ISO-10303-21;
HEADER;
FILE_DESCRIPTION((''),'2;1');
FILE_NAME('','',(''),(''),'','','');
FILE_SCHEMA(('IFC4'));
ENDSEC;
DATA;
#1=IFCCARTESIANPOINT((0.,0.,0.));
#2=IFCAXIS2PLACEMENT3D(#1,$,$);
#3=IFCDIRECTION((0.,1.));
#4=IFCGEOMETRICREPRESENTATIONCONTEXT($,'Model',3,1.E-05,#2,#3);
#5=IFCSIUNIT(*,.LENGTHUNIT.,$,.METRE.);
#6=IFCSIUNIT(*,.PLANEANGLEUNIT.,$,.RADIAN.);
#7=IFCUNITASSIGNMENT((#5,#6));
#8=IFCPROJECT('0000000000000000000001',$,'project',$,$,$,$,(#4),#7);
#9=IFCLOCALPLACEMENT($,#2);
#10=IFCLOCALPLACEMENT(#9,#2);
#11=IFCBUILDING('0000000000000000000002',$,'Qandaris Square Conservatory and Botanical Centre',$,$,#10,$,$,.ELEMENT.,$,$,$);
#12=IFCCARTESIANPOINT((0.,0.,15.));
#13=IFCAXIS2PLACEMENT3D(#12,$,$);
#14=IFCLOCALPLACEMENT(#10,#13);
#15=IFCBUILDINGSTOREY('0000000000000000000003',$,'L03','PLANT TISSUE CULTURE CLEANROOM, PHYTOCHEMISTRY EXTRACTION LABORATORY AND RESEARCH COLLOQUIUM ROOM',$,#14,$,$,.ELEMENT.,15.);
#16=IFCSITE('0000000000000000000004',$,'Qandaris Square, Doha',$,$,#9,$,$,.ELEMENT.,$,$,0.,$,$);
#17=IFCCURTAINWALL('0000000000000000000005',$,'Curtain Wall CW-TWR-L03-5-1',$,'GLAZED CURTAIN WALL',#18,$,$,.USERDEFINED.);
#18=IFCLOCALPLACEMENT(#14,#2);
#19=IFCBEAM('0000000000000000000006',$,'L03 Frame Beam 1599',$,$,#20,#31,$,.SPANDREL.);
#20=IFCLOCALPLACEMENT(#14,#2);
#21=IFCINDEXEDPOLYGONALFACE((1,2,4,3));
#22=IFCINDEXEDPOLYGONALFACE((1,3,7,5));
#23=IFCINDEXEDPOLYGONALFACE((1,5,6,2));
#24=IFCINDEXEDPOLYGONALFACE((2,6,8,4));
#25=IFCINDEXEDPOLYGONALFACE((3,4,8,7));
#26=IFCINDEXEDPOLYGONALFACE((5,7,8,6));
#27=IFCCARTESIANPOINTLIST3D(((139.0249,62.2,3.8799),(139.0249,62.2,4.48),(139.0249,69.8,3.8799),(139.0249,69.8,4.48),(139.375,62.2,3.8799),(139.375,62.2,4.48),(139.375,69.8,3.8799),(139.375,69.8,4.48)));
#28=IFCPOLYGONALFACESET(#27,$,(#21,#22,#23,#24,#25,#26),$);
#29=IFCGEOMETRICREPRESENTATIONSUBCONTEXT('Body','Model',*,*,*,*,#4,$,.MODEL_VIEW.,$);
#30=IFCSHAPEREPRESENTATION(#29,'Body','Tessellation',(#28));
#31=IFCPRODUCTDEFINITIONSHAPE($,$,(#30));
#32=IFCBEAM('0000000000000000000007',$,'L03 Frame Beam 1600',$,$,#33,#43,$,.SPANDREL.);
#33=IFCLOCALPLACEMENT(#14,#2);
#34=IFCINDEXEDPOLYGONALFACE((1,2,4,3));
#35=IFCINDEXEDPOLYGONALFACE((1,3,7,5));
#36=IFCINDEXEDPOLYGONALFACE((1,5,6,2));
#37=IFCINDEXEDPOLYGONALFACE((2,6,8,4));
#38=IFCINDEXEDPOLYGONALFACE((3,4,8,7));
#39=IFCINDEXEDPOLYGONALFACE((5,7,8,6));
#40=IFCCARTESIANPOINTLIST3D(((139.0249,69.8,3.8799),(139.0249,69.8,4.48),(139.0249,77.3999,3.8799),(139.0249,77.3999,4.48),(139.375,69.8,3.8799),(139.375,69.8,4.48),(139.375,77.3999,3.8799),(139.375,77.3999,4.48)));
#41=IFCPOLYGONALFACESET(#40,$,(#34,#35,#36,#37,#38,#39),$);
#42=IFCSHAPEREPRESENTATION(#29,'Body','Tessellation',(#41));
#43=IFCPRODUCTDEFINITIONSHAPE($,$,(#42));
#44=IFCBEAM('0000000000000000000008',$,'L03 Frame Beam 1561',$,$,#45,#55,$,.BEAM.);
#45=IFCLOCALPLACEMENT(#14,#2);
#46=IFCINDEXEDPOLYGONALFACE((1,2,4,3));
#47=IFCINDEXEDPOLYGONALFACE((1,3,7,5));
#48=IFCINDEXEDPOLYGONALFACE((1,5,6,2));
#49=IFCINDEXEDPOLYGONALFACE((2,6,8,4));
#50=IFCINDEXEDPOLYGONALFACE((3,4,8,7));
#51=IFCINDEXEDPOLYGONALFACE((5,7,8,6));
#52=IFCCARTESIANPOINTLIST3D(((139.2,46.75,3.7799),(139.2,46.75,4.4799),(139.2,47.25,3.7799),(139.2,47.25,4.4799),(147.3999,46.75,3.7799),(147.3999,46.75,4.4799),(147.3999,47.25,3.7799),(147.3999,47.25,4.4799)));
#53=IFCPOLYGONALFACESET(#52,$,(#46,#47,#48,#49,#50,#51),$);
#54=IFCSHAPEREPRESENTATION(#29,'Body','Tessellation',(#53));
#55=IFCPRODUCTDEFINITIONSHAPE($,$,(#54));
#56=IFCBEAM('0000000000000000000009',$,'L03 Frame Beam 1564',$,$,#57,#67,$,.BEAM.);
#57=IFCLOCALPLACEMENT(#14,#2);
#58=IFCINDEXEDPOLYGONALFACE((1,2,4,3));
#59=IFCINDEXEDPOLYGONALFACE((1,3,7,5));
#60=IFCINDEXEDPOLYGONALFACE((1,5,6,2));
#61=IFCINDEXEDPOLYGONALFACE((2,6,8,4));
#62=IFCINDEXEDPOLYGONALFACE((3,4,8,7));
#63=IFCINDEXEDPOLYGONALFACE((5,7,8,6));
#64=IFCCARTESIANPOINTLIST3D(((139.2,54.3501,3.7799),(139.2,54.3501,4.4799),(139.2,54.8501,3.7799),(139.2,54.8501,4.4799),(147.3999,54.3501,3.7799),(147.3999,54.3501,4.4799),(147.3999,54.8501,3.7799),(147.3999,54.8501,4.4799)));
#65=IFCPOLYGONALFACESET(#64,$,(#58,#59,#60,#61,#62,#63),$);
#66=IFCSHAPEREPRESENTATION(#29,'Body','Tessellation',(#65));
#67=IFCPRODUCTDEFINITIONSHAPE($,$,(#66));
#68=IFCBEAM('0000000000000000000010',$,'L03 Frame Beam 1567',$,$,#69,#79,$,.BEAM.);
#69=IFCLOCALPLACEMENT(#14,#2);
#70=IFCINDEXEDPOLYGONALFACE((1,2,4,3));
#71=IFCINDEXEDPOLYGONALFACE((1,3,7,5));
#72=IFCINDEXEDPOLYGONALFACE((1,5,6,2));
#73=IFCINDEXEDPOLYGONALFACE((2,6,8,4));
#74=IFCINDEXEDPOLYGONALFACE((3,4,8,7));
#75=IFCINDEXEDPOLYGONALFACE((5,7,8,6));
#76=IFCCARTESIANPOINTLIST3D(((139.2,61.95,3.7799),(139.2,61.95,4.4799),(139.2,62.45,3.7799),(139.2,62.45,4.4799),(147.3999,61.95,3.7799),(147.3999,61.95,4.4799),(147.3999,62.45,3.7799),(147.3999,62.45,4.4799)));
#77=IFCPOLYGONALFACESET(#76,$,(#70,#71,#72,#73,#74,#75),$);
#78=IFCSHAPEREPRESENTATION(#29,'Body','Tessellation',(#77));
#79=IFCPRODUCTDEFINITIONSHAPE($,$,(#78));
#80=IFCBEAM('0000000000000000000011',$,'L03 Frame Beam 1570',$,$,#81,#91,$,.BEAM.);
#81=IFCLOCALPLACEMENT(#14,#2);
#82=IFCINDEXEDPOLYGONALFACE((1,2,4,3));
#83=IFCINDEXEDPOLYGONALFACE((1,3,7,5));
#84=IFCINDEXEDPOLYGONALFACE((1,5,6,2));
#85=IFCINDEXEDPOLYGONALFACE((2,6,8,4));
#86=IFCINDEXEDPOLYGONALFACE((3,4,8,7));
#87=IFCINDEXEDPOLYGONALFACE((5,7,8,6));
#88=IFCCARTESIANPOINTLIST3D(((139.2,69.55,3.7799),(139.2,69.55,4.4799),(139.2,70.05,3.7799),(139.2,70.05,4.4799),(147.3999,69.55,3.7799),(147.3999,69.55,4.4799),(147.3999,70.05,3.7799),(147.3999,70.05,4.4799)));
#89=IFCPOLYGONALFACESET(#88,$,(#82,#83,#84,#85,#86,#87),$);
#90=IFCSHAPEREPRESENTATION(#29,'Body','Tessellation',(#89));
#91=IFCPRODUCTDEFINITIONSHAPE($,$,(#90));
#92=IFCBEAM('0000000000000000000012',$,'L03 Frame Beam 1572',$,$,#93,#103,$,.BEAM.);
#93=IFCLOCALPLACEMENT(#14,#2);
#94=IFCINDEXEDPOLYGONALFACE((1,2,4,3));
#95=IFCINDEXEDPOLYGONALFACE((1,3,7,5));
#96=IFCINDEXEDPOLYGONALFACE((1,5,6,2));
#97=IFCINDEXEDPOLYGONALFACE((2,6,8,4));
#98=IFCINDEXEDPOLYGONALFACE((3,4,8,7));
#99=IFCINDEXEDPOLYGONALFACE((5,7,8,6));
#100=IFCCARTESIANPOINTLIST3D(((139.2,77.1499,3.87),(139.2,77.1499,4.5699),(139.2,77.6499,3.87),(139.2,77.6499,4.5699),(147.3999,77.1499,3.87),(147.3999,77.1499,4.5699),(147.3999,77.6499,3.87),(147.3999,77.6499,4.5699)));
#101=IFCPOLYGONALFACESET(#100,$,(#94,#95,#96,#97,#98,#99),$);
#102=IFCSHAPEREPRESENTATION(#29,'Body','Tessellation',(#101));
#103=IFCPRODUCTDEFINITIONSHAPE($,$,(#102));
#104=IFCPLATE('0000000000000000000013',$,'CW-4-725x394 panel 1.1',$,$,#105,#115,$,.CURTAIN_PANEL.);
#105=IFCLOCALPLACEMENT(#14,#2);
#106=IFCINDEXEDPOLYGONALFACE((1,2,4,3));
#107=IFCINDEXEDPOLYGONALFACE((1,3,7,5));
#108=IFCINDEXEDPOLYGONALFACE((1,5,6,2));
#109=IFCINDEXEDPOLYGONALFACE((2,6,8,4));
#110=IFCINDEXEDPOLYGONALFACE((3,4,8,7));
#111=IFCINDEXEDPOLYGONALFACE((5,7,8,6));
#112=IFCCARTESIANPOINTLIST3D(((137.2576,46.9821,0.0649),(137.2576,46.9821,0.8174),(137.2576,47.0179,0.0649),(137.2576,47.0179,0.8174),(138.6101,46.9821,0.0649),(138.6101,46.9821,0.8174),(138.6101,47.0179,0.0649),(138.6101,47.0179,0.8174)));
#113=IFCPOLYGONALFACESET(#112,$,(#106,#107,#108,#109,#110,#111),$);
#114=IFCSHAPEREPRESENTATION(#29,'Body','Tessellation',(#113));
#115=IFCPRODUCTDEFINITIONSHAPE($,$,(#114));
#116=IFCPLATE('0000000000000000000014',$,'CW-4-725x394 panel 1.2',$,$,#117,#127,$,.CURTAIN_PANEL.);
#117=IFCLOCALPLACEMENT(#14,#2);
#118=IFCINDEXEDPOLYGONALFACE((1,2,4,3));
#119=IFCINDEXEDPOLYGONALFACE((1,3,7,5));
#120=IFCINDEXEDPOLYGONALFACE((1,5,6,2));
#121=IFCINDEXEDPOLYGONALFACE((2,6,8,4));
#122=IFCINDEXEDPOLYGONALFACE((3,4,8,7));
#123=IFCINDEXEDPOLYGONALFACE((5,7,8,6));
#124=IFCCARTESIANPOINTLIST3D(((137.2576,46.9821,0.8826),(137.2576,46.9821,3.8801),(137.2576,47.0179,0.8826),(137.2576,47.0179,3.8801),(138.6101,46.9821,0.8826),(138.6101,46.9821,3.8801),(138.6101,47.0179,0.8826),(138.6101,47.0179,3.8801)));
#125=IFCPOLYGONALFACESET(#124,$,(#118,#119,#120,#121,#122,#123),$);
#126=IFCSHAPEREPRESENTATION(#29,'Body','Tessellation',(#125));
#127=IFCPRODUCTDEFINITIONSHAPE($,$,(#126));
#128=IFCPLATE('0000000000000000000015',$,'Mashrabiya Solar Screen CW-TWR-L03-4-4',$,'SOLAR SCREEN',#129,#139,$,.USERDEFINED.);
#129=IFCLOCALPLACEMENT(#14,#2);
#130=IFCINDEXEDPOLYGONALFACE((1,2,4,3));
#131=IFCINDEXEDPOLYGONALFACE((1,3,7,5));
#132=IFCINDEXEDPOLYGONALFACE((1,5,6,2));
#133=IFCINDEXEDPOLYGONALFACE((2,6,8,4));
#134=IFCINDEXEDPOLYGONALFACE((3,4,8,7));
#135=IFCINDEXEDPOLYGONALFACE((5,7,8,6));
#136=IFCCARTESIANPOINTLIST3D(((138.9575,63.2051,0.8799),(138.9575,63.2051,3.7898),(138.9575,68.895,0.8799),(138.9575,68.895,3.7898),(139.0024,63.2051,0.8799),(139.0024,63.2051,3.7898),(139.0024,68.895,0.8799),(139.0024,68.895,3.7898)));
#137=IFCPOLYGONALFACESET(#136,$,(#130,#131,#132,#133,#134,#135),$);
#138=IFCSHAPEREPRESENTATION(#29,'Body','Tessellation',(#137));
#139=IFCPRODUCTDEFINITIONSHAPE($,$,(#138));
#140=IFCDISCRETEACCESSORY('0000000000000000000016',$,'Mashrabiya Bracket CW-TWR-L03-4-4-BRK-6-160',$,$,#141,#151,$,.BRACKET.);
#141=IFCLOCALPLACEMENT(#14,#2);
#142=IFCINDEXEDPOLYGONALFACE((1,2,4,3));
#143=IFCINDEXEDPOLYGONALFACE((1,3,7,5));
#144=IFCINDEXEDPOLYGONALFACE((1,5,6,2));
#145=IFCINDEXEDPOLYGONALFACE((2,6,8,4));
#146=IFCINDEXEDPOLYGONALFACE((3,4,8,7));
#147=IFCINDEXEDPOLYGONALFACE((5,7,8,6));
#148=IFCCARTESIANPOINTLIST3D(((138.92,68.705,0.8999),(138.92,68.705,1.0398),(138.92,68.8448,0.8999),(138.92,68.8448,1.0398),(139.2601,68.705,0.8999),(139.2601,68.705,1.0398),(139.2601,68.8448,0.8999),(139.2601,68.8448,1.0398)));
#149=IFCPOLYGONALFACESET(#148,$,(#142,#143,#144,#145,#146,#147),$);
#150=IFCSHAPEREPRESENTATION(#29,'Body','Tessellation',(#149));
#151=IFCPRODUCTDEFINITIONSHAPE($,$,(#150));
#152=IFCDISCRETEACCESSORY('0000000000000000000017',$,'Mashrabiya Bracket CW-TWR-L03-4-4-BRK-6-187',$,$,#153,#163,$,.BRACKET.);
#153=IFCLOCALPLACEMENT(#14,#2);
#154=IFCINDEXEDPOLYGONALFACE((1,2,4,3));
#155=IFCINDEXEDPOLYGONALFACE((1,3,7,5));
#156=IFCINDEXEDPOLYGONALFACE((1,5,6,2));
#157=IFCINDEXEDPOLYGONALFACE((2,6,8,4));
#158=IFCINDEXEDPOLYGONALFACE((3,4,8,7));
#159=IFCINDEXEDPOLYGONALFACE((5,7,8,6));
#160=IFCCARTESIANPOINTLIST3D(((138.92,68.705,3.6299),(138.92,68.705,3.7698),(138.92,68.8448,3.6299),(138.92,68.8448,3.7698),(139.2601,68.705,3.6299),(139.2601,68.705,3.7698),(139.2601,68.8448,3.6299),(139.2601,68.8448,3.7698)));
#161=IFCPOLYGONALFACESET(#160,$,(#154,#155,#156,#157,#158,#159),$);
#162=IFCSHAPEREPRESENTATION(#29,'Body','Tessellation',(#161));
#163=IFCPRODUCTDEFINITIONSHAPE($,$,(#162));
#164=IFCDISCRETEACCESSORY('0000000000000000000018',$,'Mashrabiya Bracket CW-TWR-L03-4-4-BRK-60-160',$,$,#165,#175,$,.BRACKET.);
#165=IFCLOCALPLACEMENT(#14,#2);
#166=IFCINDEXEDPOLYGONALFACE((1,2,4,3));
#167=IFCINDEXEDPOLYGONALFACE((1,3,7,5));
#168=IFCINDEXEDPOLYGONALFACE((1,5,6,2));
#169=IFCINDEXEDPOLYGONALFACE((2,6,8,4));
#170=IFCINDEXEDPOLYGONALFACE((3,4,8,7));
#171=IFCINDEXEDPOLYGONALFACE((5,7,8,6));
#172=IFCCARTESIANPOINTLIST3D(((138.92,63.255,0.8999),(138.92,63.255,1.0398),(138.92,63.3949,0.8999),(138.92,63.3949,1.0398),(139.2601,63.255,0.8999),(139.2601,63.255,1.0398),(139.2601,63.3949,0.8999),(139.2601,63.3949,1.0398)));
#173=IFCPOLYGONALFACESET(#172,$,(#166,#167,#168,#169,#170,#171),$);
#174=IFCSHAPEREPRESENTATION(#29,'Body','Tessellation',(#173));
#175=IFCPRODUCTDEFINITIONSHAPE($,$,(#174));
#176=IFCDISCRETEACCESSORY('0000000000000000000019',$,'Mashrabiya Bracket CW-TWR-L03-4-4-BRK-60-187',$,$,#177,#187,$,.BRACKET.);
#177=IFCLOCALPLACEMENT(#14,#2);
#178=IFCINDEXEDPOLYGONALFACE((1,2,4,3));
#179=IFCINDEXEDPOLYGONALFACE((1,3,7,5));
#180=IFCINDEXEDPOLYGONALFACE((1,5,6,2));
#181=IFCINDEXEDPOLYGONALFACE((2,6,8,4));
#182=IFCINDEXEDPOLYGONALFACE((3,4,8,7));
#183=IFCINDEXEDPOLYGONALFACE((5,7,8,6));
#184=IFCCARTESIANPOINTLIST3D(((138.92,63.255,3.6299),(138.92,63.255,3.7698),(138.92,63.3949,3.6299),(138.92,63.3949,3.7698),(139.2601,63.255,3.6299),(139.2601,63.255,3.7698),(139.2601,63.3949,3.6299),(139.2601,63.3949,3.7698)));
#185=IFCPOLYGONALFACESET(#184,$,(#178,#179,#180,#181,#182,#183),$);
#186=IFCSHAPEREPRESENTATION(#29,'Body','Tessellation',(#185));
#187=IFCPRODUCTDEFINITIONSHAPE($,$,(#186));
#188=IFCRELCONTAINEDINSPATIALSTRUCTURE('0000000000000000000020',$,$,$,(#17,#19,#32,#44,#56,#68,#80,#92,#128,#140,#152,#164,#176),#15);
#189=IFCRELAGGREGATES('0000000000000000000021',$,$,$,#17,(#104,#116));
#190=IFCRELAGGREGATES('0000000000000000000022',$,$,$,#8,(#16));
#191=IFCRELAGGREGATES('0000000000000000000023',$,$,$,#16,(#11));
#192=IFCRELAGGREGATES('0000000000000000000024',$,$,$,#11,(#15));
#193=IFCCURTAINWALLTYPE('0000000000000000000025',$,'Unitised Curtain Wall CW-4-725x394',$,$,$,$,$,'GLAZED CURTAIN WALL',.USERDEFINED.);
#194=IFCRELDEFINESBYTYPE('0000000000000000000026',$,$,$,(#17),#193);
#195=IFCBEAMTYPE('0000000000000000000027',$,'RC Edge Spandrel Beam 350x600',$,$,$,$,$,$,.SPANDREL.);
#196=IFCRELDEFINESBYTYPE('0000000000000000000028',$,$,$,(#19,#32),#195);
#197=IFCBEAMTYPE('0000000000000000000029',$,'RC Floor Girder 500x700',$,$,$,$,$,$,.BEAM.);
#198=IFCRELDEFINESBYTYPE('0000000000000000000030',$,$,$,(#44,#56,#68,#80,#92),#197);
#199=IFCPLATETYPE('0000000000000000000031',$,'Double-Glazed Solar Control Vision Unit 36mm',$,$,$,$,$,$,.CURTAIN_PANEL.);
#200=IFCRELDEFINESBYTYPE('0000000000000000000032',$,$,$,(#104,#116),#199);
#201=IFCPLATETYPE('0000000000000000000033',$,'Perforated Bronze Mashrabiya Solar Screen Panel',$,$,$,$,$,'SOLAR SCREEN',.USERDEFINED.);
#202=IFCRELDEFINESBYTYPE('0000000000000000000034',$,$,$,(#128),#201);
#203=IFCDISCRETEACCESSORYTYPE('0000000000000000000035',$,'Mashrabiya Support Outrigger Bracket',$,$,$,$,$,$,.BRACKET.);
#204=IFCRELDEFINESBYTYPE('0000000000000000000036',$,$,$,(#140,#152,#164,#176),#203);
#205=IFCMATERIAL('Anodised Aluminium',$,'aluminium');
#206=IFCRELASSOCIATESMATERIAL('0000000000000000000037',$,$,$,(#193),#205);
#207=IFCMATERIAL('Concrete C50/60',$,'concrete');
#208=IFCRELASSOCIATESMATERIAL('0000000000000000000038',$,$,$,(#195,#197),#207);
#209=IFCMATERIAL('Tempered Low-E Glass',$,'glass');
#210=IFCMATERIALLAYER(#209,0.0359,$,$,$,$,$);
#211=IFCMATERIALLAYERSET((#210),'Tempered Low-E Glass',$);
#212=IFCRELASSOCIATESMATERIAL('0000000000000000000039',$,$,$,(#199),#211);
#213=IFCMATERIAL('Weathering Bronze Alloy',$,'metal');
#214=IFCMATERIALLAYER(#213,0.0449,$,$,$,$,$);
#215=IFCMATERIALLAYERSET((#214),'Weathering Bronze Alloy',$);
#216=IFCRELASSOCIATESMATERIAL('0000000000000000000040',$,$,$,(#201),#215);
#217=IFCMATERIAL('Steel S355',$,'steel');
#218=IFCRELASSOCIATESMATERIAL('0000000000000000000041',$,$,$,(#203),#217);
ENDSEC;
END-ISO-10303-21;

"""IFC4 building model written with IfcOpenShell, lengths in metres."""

from ifc_helpers import new_model, si_unit, direction, frame, origin, origin_2d, place, context, subcontext, project, spatial, rectangle, extrude, material, layer, layer_set, material_profile, profile_set, type_object, element, aggregate, save


model = new_model("IFC4")

# Units and contexts
model_context = context("Model", 3, precision=1e-05, world=origin(), true_north=direction((0.0, 1.0)))
body_context = subcontext(model_context, "Body", "Model", "MODEL_VIEW")
ifc_project = project(units=[si_unit("LENGTHUNIT", "METRE"), si_unit("PLANEANGLEUNIT", "RADIAN")], contexts=[model_context])

# Site, building, storey
site_placement = place(None, origin())
site = spatial("IfcSite", under=ifc_project, at=site_placement, Name="Qandaris Square, Doha", CompositionType="ELEMENT", RefElevation=0.0)
building_placement = place(site_placement, origin())
building = spatial("IfcBuilding", under=site, at=building_placement, Name="Qandaris Square Conservatory and Botanical Centre", CompositionType="ELEMENT")
storey_placement = place(building_placement, frame((0.0, 0.0, 15.0)))
storey = spatial("IfcBuildingStorey", under=building, at=storey_placement, Name="L03", Description="PLANT TISSUE CULTURE CLEANROOM, PHYTOCHEMISTRY EXTRACTION LABORATORY AND RESEARCH COLLOQUIUM ROOM", CompositionType="ELEMENT", Elevation=15.0)

# Shared definitions
ifc_material_1 = material(Name="Concrete C50/60", Category="concrete")

# Curtain wall
ifc_material_2 = material(Name="Anodised Aluminium", Category="aluminium")
curtain_wall_type = type_object("IfcCurtainWallType", Name="Unitised Curtain Wall CW-4-725x394", ElementType="GLAZED CURTAIN WALL", PredefinedType="USERDEFINED", material=ifc_material_2)
curtain_wall_placement = place(storey_placement, origin())
curtain_wall = element("IfcCurtainWall", 1, at=curtain_wall_placement, inside=storey, type_object=curtain_wall_type, Name="Curtain Wall CW-TWR-L03-5-1", ObjectType="GLAZED CURTAIN WALL", PredefinedType="USERDEFINED")

# Beams
ifc_material_profile_1 = material_profile(ifc_material_1, rectangle(XDim=0.3501, YDim=0.6001, at=origin_2d()), Name="RC-SP 350x600")
ifc_profile_set_1 = profile_set([ifc_material_profile_1], Name="Concrete C50/60")
beam_type_1 = type_object("IfcBeamType", Name="RC Edge Spandrel Beam 350x600", PredefinedType="SPANDREL", material=ifc_profile_set_1)
beam_1_placement = place(storey_placement, frame((139.2, 62.2, 4.1799), z_axis=(0.0, 1.0, 0.0), x_axis=(-1.0, 0.0, 0.0)))
element("IfcBeam", 2, at=beam_1_placement, inside=storey, type_object=beam_type_1, Name="L03 Frame Beam 1599", PredefinedType="SPANDREL", context=body_context, shape_type="SweptSolid", body=[
    extrude(rectangle(XDim=0.3501, YDim=0.6001, at=origin_2d()), origin(), (0.0, 0.0, 1.0), 7.6001),
])
beam_2_placement = place(storey_placement, frame((139.2, 69.8, 4.1799), z_axis=(0.0, 1.0, 0.0), x_axis=(-1.0, 0.0, 0.0)))
element("IfcBeam", 3, at=beam_2_placement, inside=storey, type_object=beam_type_1, Name="L03 Frame Beam 1600", PredefinedType="SPANDREL", context=body_context, shape_type="SweptSolid", body=[
    extrude(rectangle(XDim=0.3501, YDim=0.6001, at=origin_2d()), origin(), (0.0, 0.0, 1.0), 7.5999),
])
ifc_material_profile_2 = material_profile(ifc_material_1, rectangle(XDim=0.5, YDim=0.7, at=origin_2d()), Name="RC-BM 500x700")
ifc_profile_set_2 = profile_set([ifc_material_profile_2], Name="Concrete C50/60")
beam_type_2 = type_object("IfcBeamType", Name="RC Floor Girder 500x700", PredefinedType="BEAM", material=ifc_profile_set_2)
for number, where, z_axis, x_axis, name in (
    (4, (139.2, 47.0, 4.1299), (1.0, 0.0, 0.0), (0.0, 1.0, 0.0), "L03 Frame Beam 1561"),
    (5, (139.2, 54.6001, 4.1299), (1.0, 0.0, 0.0), (0.0, 1.0, 0.0), "L03 Frame Beam 1564"),
    (6, (139.2, 62.2, 4.1299), (1.0, 0.0, 0.0), (0.0, 1.0, 0.0), "L03 Frame Beam 1567"),
    (7, (139.2, 69.8, 4.1299), (1.0, 0.0, 0.0), (0.0, 1.0, 0.0), "L03 Frame Beam 1570"),
    (8, (139.2, 77.3999, 4.22), (1.0, 0.0, 0.0), (0.0, 1.0, 0.0), "L03 Frame Beam 1572"),
):
    element("IfcBeam", number, at=place(storey_placement, frame(where, z_axis=z_axis, x_axis=x_axis)), inside=storey, type_object=beam_type_2, Name=name, PredefinedType="BEAM", context=body_context, shape_type="SweptSolid", body=[
        extrude(rectangle(XDim=0.5, YDim=0.7, at=origin_2d()), origin(), (0.0, 0.0, 1.0), 8.2),
    ])

# Plates
ifc_material_3 = material(Name="Tempered Low-E Glass", Category="glass")
ifc_layer_1 = layer(ifc_material_3, 0.0359)
ifc_layer_set_1 = layer_set([ifc_layer_1], Name="Tempered Low-E Glass")
plate_type_1 = type_object("IfcPlateType", Name="Double-Glazed Solar Control Vision Unit 36mm", PredefinedType="CURTAIN_PANEL", material=ifc_layer_set_1)
plate_1_placement = place(storey_placement, frame((137.9338, 47.0, 0.0649), z_axis=(0.0, 0.0, 1.0), x_axis=(-1.0, 0.0, 0.0)))
plate_1 = element("IfcPlate", 9, at=plate_1_placement, type_object=plate_type_1, Name="CW-4-725x394 panel 1.1", PredefinedType="CURTAIN_PANEL", context=body_context, shape_type="SweptSolid", body=[
    extrude(rectangle(XDim=1.3525, YDim=0.0359, at=origin_2d()), origin(), (0.0, 0.0, 1.0), 0.7524),
])
plate_2_placement = place(storey_placement, frame((137.9338, 47.0, 0.8826), z_axis=(0.0, 0.0, 1.0), x_axis=(-1.0, 0.0, 0.0)))
plate_2 = element("IfcPlate", 10, at=plate_2_placement, type_object=plate_type_1, Name="CW-4-725x394 panel 1.2", PredefinedType="CURTAIN_PANEL", context=body_context, shape_type="SweptSolid", body=[
    extrude(rectangle(XDim=1.3525, YDim=0.0359, at=origin_2d()), origin(), (0.0, 0.0, 1.0), 2.9976),
])
aggregate(curtain_wall, [plate_1, plate_2])
ifc_material_4 = material(Name="Weathering Bronze Alloy", Category="metal")
ifc_layer_2 = layer(ifc_material_4, 0.0449)
ifc_layer_set_2 = layer_set([ifc_layer_2], Name="Weathering Bronze Alloy")
plate_type_2 = type_object("IfcPlateType", Name="Perforated Bronze Mashrabiya Solar Screen Panel", ElementType="SOLAR SCREEN", PredefinedType="USERDEFINED", material=ifc_layer_set_2)
plate_3_placement = place(storey_placement, frame((138.98, 66.05, 0.8799), z_axis=(0.0, 0.0, 1.0), x_axis=(0.0, -1.0, 0.0)))
element("IfcPlate", 11, at=plate_3_placement, inside=storey, type_object=plate_type_2, Name="Mashrabiya Solar Screen CW-TWR-L03-4-4", ObjectType="SOLAR SCREEN", PredefinedType="USERDEFINED", context=body_context, shape_type="SweptSolid", body=[
    extrude(rectangle(XDim=5.6899, YDim=0.0449, at=origin_2d()), origin(), (0.0, 0.0, 1.0), 2.9099),
])

# Discrete accessories
ifc_material_5 = material(Name="Steel S355", Category="steel")
discrete_accessory_type = type_object("IfcDiscreteAccessoryType", Name="Mashrabiya Support Outrigger Bracket", PredefinedType="BRACKET", material=ifc_material_5)
for number, where, z_axis, x_axis, name in (
    (12, (139.0901, 68.7749, 0.8999), (0.0, 0.0, 1.0), (0.0, -1.0, 0.0), "Mashrabiya Bracket CW-TWR-L03-4-4-BRK-6-160"),
    (13, (139.0901, 68.7749, 3.6299), (0.0, 0.0, 1.0), (0.0, -1.0, 0.0), "Mashrabiya Bracket CW-TWR-L03-4-4-BRK-6-187"),
    (14, (139.0901, 63.325, 0.8999), (0.0, 0.0, 1.0), (0.0, -1.0, 0.0), "Mashrabiya Bracket CW-TWR-L03-4-4-BRK-60-160"),
    (15, (139.0901, 63.325, 3.6299), (0.0, 0.0, 1.0), (0.0, -1.0, 0.0), "Mashrabiya Bracket CW-TWR-L03-4-4-BRK-60-187"),
):
    element("IfcDiscreteAccessory", number, at=place(storey_placement, frame(where, z_axis=z_axis, x_axis=x_axis)), inside=storey, type_object=discrete_accessory_type, Name=name, PredefinedType="BRACKET", context=body_context, shape_type="SweptSolid", body=[
        extrude(rectangle(XDim=0.1399, YDim=0.3401, at=origin_2d()), origin(), (0.0, 0.0, 1.0), 0.1399),
    ])

save(model, "model.ifc")
